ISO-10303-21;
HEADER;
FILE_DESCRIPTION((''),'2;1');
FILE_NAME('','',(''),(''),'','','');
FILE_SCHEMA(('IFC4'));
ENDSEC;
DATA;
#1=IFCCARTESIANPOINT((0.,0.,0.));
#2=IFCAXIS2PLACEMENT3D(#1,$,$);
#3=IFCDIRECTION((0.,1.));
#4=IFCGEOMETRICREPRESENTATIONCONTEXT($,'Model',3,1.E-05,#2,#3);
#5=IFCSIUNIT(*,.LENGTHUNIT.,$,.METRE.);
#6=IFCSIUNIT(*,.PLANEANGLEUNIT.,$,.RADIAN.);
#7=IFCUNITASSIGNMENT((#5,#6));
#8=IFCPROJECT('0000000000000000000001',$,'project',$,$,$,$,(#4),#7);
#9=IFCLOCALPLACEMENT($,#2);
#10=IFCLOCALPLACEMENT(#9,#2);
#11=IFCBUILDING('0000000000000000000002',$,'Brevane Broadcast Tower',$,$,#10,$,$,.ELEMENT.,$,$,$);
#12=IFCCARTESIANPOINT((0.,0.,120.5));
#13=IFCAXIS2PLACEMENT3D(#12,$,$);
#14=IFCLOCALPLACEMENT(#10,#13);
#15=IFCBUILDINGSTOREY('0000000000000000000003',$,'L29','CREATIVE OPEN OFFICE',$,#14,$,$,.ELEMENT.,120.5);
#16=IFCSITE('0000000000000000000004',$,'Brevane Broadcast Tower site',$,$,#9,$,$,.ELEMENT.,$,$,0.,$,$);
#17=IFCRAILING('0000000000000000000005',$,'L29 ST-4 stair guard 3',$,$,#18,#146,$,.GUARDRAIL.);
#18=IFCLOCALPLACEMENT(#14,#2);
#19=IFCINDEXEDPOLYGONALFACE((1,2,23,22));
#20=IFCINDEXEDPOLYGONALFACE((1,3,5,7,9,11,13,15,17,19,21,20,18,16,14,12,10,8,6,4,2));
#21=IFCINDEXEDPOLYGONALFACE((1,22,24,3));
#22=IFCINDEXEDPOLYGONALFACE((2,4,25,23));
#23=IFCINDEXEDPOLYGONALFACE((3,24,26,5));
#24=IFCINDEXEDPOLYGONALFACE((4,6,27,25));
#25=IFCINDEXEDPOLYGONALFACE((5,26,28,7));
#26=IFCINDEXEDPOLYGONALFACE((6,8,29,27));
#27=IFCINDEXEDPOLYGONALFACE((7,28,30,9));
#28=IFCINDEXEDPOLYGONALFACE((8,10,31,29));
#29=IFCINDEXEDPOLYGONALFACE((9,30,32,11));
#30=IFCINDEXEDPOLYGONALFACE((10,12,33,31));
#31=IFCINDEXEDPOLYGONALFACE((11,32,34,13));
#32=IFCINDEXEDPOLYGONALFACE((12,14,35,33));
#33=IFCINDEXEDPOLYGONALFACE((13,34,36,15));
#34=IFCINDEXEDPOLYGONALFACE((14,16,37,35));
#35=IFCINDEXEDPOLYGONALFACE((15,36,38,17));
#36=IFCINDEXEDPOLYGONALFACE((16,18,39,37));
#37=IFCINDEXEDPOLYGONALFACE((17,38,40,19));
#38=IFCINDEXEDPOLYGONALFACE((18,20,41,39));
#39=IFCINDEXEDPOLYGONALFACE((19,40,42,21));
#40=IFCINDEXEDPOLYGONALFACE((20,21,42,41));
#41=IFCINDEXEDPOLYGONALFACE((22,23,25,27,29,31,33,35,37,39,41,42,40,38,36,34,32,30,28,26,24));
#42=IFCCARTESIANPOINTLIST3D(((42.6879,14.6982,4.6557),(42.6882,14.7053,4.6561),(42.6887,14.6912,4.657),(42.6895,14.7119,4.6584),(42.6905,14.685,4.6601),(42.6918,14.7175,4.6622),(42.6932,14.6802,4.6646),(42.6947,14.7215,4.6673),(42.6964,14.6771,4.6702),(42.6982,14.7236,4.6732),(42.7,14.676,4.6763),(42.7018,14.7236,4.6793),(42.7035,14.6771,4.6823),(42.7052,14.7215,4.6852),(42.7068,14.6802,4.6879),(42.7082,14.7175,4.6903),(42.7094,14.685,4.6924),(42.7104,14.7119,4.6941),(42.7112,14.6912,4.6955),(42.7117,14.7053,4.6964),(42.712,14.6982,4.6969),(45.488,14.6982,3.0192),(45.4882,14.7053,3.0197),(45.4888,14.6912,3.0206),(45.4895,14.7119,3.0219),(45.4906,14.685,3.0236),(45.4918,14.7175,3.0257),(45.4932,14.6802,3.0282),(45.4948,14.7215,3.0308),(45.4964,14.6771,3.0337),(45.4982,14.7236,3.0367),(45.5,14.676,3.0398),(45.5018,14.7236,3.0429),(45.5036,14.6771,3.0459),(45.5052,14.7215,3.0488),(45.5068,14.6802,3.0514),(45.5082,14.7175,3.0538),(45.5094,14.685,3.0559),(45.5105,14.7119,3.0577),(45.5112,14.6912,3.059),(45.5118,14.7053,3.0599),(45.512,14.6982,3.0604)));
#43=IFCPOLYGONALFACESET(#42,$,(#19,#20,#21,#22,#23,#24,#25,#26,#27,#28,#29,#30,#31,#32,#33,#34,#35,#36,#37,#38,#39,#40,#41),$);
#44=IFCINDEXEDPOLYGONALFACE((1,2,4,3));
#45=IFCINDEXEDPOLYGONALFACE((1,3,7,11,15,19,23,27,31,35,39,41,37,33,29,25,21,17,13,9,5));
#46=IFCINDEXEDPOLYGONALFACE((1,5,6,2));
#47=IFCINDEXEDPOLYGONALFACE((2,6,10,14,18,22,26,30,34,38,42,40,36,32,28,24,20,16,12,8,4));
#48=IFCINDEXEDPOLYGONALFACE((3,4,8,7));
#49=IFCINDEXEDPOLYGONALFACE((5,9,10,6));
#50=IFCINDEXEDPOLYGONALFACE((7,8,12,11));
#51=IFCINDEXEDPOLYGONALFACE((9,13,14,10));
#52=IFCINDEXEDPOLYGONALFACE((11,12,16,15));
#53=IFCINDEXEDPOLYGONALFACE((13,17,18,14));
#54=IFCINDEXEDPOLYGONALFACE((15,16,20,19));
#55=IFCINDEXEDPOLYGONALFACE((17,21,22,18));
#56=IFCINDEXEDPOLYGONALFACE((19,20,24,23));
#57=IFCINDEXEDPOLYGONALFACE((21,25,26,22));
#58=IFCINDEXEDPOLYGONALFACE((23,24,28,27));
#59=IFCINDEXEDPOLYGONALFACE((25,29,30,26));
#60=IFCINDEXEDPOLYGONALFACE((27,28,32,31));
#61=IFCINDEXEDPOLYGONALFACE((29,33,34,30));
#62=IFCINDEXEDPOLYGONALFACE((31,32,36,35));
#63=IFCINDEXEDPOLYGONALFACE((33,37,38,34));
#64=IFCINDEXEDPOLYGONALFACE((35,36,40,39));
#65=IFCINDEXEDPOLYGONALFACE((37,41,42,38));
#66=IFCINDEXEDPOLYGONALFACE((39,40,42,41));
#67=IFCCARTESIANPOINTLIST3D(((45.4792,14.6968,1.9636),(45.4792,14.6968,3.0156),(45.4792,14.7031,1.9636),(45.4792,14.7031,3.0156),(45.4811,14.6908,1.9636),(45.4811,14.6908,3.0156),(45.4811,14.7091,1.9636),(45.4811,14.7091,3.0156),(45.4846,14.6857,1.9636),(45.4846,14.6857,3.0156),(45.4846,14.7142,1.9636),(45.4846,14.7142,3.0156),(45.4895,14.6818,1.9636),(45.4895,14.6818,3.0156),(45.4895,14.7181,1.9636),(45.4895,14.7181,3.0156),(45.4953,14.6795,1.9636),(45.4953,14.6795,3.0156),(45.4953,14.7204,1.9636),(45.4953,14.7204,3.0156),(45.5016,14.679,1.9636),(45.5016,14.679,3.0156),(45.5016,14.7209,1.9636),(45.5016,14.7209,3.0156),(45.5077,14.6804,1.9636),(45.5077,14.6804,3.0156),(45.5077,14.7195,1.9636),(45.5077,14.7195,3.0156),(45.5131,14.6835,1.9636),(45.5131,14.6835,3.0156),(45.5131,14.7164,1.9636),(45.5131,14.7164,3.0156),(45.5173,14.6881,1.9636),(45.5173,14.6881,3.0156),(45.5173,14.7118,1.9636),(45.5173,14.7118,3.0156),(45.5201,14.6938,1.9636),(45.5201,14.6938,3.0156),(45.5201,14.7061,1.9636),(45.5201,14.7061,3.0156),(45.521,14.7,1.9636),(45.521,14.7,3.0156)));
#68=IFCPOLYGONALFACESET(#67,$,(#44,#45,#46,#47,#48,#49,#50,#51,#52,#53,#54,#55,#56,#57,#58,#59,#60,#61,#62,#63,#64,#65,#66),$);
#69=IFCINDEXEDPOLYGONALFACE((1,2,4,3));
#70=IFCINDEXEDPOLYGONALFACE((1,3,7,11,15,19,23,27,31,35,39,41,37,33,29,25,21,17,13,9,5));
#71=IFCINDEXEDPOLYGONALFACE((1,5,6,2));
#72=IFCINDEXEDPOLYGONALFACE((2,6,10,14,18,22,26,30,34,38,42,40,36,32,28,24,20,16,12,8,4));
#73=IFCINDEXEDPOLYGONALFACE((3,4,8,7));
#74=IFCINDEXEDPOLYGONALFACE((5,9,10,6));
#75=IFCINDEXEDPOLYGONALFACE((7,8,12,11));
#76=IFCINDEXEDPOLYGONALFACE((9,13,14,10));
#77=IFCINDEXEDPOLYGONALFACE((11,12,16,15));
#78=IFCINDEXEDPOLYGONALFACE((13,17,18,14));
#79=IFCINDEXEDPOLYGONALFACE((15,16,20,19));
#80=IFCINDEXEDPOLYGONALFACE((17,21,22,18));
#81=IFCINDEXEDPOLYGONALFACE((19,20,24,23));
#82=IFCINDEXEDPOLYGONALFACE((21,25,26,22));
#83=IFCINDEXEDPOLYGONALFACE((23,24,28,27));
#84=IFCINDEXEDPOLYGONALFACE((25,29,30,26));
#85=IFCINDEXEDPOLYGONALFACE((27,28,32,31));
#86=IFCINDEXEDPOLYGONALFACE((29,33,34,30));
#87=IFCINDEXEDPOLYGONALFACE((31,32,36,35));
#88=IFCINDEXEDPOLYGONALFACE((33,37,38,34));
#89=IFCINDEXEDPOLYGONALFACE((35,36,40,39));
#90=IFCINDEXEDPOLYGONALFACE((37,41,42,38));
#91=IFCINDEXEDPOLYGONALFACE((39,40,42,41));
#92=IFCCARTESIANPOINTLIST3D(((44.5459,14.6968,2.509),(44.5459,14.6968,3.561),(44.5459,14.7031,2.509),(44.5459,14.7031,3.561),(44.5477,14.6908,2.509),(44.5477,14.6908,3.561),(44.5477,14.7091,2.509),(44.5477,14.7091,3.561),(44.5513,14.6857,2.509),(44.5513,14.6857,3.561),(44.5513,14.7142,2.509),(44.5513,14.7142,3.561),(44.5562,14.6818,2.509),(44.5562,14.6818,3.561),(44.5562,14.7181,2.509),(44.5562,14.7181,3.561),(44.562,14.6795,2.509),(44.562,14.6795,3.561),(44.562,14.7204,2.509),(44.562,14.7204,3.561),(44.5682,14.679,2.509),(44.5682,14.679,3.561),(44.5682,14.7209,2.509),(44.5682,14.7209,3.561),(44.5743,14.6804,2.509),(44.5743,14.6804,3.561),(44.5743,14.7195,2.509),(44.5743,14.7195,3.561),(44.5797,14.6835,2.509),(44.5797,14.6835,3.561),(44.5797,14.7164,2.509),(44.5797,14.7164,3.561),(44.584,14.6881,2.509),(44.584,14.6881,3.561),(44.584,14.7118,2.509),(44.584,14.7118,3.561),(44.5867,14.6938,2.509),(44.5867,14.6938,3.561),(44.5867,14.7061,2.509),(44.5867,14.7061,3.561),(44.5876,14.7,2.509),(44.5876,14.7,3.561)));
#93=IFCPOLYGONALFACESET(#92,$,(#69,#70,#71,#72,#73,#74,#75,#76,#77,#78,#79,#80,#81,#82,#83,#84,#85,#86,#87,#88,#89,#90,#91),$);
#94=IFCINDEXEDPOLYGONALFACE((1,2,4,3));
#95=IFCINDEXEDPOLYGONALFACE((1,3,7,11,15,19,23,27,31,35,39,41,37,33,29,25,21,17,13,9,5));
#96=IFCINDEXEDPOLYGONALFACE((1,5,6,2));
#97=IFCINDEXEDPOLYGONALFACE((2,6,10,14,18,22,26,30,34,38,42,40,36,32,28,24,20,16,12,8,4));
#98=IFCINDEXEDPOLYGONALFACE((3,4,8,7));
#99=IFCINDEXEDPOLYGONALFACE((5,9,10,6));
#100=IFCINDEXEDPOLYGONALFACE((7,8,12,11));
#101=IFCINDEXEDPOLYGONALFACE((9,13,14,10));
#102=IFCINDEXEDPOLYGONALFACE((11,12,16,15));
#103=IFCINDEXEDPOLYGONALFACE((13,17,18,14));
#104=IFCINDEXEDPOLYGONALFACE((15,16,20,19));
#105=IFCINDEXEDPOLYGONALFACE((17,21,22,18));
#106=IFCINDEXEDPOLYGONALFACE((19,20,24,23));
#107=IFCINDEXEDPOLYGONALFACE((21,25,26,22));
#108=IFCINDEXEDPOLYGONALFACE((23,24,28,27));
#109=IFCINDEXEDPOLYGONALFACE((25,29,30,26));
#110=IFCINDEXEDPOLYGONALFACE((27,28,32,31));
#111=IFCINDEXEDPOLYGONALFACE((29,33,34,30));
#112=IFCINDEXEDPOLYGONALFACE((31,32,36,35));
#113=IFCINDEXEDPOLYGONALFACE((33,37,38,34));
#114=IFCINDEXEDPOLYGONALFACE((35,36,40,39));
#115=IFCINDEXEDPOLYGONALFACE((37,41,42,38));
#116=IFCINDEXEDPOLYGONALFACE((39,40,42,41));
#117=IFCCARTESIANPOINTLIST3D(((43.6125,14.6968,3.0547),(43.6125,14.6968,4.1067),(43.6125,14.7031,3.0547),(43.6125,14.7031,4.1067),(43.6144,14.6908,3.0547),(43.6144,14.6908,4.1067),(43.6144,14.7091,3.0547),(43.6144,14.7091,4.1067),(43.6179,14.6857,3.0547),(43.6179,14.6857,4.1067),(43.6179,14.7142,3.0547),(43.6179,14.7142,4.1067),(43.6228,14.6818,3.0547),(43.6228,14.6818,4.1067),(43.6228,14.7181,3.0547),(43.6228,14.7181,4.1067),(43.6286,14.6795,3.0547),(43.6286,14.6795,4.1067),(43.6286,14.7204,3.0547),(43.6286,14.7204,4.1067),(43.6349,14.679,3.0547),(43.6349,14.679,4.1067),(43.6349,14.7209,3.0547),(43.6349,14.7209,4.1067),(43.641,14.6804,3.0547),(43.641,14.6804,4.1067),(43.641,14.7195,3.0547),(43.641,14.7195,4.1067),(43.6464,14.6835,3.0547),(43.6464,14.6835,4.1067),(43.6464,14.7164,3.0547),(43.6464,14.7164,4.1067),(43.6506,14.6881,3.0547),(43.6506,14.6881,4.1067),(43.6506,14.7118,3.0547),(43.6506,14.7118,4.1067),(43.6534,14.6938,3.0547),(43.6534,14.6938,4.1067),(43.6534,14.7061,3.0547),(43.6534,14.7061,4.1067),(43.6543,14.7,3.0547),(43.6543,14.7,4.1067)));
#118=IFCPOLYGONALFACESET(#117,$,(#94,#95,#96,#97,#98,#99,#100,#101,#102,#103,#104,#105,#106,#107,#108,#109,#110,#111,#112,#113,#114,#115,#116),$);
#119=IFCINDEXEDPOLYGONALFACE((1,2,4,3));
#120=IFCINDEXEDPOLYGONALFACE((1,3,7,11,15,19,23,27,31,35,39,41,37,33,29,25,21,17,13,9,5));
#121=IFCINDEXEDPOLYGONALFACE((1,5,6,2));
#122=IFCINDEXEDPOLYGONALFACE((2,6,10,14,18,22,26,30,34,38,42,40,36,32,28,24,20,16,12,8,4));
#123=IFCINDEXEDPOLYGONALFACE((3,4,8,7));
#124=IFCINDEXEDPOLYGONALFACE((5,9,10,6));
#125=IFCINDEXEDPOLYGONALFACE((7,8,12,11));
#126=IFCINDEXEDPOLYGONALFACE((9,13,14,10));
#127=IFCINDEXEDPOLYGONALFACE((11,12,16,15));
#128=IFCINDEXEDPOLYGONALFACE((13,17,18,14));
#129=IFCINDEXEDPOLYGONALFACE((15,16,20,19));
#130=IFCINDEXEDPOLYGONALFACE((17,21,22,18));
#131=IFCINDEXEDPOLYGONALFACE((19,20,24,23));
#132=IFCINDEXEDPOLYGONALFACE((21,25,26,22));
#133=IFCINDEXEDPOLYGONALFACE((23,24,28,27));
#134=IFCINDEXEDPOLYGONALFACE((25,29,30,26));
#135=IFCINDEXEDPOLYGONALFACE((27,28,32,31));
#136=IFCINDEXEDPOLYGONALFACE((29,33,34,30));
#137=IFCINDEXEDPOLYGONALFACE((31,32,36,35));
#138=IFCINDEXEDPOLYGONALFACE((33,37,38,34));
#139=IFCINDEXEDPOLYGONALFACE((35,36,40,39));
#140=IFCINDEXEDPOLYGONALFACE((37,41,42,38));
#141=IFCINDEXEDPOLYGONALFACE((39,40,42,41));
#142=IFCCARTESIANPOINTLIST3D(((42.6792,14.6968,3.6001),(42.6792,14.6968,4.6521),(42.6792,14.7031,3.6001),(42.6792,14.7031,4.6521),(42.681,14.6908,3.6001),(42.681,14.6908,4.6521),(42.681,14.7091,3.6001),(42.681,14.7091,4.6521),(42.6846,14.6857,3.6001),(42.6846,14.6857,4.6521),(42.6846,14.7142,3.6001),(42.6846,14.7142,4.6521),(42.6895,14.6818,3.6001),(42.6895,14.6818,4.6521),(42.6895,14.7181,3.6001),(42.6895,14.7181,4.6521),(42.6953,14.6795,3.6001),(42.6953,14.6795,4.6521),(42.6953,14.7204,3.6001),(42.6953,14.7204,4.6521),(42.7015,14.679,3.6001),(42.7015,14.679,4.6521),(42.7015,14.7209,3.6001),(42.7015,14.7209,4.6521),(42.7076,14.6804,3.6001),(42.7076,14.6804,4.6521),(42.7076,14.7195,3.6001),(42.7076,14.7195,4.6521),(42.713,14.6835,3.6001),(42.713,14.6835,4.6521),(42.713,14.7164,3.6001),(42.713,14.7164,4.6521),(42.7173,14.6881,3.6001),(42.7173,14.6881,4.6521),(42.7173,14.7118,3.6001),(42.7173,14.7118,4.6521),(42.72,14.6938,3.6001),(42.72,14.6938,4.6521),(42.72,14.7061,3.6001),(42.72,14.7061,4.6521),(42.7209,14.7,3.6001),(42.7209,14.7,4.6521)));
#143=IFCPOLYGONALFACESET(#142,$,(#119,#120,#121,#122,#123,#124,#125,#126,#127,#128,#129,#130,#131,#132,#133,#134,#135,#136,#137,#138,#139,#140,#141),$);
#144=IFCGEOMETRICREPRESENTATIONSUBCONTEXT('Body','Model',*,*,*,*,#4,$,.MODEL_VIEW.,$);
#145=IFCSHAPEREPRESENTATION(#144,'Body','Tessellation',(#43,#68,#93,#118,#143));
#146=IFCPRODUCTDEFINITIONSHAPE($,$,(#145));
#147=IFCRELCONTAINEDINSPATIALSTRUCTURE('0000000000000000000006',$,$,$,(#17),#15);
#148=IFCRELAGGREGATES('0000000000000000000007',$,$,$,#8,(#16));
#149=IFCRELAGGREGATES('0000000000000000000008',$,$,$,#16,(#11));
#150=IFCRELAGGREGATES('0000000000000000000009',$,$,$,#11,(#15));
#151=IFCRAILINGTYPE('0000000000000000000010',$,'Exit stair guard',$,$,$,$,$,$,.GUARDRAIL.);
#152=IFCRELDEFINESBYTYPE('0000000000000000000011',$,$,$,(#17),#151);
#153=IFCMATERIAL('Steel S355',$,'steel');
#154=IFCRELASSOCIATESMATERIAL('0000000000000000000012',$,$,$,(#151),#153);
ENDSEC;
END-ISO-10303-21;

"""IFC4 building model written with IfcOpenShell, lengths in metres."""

from ifc_helpers import new_model, si_unit, direction, frame, origin, origin_2d, place, context, subcontext, project, spatial, circle, extrude, material, type_object, element, save


model = new_model("IFC4")

# Units and contexts
model_context = context("Model", 3, precision=1e-05, world=origin(), true_north=direction((0.0, 1.0)))
body_context = subcontext(model_context, "Body", "Model", "MODEL_VIEW")
ifc_project = project(units=[si_unit("LENGTHUNIT", "METRE"), si_unit("PLANEANGLEUNIT", "RADIAN")], contexts=[model_context])

# Site, building, storey
site_placement = place(None, origin())
site = spatial("IfcSite", under=ifc_project, at=site_placement, Name="Brevane Broadcast Tower site", CompositionType="ELEMENT", RefElevation=0.0)
building_placement = place(site_placement, origin())
building = spatial("IfcBuilding", under=site, at=building_placement, Name="Brevane Broadcast Tower", CompositionType="ELEMENT")
storey_placement = place(building_placement, frame((0.0, 0.0, 120.5)))
storey = spatial("IfcBuildingStorey", under=building, at=storey_placement, Name="L29", Description="CREATIVE OPEN OFFICE", CompositionType="ELEMENT", Elevation=120.5)

# Railing
ifc_material_1 = material(Name="Steel S355", Category="steel")
railing_type_1 = type_object("IfcRailingType", Name="Exit stair guard", PredefinedType="GUARDRAIL", material=ifc_material_1)
railing_1_placement = place(storey_placement, frame((45.5, 14.7, 1.9636)))
element("IfcRailing", 1, at=railing_1_placement, inside=storey, type_object=railing_type_1, Name="L29 ST-4 stair guard 3", PredefinedType="GUARDRAIL", context=body_context, shape_type="SweptSolid", body=[
    extrude(circle(Radius=0.0239, at=origin_2d()), frame((0.0, 0.0, 1.0762), z_axis=(-0.863361, 0.0, 0.504587), x_axis=(0.0, -1.0, 0.0)), (0.0, 0.0, 1.0), 3.2432),
    extrude(circle(Radius=0.021, at=origin_2d()), origin(), (0.0, 0.0, 1.0), 1.052),
    extrude(circle(Radius=0.021, at=origin_2d()), frame((-0.9333, 0.0, 0.5454)), (0.0, 0.0, 1.0), 1.052),
    extrude(circle(Radius=0.021, at=origin_2d()), frame((-1.8667, 0.0, 1.0911)), (0.0, 0.0, 1.0), 1.052),
    extrude(circle(Radius=0.021, at=origin_2d()), frame((-2.8, 0.0, 1.6365)), (0.0, 0.0, 1.0), 1.052),
])

save(model, "model.ifc")
